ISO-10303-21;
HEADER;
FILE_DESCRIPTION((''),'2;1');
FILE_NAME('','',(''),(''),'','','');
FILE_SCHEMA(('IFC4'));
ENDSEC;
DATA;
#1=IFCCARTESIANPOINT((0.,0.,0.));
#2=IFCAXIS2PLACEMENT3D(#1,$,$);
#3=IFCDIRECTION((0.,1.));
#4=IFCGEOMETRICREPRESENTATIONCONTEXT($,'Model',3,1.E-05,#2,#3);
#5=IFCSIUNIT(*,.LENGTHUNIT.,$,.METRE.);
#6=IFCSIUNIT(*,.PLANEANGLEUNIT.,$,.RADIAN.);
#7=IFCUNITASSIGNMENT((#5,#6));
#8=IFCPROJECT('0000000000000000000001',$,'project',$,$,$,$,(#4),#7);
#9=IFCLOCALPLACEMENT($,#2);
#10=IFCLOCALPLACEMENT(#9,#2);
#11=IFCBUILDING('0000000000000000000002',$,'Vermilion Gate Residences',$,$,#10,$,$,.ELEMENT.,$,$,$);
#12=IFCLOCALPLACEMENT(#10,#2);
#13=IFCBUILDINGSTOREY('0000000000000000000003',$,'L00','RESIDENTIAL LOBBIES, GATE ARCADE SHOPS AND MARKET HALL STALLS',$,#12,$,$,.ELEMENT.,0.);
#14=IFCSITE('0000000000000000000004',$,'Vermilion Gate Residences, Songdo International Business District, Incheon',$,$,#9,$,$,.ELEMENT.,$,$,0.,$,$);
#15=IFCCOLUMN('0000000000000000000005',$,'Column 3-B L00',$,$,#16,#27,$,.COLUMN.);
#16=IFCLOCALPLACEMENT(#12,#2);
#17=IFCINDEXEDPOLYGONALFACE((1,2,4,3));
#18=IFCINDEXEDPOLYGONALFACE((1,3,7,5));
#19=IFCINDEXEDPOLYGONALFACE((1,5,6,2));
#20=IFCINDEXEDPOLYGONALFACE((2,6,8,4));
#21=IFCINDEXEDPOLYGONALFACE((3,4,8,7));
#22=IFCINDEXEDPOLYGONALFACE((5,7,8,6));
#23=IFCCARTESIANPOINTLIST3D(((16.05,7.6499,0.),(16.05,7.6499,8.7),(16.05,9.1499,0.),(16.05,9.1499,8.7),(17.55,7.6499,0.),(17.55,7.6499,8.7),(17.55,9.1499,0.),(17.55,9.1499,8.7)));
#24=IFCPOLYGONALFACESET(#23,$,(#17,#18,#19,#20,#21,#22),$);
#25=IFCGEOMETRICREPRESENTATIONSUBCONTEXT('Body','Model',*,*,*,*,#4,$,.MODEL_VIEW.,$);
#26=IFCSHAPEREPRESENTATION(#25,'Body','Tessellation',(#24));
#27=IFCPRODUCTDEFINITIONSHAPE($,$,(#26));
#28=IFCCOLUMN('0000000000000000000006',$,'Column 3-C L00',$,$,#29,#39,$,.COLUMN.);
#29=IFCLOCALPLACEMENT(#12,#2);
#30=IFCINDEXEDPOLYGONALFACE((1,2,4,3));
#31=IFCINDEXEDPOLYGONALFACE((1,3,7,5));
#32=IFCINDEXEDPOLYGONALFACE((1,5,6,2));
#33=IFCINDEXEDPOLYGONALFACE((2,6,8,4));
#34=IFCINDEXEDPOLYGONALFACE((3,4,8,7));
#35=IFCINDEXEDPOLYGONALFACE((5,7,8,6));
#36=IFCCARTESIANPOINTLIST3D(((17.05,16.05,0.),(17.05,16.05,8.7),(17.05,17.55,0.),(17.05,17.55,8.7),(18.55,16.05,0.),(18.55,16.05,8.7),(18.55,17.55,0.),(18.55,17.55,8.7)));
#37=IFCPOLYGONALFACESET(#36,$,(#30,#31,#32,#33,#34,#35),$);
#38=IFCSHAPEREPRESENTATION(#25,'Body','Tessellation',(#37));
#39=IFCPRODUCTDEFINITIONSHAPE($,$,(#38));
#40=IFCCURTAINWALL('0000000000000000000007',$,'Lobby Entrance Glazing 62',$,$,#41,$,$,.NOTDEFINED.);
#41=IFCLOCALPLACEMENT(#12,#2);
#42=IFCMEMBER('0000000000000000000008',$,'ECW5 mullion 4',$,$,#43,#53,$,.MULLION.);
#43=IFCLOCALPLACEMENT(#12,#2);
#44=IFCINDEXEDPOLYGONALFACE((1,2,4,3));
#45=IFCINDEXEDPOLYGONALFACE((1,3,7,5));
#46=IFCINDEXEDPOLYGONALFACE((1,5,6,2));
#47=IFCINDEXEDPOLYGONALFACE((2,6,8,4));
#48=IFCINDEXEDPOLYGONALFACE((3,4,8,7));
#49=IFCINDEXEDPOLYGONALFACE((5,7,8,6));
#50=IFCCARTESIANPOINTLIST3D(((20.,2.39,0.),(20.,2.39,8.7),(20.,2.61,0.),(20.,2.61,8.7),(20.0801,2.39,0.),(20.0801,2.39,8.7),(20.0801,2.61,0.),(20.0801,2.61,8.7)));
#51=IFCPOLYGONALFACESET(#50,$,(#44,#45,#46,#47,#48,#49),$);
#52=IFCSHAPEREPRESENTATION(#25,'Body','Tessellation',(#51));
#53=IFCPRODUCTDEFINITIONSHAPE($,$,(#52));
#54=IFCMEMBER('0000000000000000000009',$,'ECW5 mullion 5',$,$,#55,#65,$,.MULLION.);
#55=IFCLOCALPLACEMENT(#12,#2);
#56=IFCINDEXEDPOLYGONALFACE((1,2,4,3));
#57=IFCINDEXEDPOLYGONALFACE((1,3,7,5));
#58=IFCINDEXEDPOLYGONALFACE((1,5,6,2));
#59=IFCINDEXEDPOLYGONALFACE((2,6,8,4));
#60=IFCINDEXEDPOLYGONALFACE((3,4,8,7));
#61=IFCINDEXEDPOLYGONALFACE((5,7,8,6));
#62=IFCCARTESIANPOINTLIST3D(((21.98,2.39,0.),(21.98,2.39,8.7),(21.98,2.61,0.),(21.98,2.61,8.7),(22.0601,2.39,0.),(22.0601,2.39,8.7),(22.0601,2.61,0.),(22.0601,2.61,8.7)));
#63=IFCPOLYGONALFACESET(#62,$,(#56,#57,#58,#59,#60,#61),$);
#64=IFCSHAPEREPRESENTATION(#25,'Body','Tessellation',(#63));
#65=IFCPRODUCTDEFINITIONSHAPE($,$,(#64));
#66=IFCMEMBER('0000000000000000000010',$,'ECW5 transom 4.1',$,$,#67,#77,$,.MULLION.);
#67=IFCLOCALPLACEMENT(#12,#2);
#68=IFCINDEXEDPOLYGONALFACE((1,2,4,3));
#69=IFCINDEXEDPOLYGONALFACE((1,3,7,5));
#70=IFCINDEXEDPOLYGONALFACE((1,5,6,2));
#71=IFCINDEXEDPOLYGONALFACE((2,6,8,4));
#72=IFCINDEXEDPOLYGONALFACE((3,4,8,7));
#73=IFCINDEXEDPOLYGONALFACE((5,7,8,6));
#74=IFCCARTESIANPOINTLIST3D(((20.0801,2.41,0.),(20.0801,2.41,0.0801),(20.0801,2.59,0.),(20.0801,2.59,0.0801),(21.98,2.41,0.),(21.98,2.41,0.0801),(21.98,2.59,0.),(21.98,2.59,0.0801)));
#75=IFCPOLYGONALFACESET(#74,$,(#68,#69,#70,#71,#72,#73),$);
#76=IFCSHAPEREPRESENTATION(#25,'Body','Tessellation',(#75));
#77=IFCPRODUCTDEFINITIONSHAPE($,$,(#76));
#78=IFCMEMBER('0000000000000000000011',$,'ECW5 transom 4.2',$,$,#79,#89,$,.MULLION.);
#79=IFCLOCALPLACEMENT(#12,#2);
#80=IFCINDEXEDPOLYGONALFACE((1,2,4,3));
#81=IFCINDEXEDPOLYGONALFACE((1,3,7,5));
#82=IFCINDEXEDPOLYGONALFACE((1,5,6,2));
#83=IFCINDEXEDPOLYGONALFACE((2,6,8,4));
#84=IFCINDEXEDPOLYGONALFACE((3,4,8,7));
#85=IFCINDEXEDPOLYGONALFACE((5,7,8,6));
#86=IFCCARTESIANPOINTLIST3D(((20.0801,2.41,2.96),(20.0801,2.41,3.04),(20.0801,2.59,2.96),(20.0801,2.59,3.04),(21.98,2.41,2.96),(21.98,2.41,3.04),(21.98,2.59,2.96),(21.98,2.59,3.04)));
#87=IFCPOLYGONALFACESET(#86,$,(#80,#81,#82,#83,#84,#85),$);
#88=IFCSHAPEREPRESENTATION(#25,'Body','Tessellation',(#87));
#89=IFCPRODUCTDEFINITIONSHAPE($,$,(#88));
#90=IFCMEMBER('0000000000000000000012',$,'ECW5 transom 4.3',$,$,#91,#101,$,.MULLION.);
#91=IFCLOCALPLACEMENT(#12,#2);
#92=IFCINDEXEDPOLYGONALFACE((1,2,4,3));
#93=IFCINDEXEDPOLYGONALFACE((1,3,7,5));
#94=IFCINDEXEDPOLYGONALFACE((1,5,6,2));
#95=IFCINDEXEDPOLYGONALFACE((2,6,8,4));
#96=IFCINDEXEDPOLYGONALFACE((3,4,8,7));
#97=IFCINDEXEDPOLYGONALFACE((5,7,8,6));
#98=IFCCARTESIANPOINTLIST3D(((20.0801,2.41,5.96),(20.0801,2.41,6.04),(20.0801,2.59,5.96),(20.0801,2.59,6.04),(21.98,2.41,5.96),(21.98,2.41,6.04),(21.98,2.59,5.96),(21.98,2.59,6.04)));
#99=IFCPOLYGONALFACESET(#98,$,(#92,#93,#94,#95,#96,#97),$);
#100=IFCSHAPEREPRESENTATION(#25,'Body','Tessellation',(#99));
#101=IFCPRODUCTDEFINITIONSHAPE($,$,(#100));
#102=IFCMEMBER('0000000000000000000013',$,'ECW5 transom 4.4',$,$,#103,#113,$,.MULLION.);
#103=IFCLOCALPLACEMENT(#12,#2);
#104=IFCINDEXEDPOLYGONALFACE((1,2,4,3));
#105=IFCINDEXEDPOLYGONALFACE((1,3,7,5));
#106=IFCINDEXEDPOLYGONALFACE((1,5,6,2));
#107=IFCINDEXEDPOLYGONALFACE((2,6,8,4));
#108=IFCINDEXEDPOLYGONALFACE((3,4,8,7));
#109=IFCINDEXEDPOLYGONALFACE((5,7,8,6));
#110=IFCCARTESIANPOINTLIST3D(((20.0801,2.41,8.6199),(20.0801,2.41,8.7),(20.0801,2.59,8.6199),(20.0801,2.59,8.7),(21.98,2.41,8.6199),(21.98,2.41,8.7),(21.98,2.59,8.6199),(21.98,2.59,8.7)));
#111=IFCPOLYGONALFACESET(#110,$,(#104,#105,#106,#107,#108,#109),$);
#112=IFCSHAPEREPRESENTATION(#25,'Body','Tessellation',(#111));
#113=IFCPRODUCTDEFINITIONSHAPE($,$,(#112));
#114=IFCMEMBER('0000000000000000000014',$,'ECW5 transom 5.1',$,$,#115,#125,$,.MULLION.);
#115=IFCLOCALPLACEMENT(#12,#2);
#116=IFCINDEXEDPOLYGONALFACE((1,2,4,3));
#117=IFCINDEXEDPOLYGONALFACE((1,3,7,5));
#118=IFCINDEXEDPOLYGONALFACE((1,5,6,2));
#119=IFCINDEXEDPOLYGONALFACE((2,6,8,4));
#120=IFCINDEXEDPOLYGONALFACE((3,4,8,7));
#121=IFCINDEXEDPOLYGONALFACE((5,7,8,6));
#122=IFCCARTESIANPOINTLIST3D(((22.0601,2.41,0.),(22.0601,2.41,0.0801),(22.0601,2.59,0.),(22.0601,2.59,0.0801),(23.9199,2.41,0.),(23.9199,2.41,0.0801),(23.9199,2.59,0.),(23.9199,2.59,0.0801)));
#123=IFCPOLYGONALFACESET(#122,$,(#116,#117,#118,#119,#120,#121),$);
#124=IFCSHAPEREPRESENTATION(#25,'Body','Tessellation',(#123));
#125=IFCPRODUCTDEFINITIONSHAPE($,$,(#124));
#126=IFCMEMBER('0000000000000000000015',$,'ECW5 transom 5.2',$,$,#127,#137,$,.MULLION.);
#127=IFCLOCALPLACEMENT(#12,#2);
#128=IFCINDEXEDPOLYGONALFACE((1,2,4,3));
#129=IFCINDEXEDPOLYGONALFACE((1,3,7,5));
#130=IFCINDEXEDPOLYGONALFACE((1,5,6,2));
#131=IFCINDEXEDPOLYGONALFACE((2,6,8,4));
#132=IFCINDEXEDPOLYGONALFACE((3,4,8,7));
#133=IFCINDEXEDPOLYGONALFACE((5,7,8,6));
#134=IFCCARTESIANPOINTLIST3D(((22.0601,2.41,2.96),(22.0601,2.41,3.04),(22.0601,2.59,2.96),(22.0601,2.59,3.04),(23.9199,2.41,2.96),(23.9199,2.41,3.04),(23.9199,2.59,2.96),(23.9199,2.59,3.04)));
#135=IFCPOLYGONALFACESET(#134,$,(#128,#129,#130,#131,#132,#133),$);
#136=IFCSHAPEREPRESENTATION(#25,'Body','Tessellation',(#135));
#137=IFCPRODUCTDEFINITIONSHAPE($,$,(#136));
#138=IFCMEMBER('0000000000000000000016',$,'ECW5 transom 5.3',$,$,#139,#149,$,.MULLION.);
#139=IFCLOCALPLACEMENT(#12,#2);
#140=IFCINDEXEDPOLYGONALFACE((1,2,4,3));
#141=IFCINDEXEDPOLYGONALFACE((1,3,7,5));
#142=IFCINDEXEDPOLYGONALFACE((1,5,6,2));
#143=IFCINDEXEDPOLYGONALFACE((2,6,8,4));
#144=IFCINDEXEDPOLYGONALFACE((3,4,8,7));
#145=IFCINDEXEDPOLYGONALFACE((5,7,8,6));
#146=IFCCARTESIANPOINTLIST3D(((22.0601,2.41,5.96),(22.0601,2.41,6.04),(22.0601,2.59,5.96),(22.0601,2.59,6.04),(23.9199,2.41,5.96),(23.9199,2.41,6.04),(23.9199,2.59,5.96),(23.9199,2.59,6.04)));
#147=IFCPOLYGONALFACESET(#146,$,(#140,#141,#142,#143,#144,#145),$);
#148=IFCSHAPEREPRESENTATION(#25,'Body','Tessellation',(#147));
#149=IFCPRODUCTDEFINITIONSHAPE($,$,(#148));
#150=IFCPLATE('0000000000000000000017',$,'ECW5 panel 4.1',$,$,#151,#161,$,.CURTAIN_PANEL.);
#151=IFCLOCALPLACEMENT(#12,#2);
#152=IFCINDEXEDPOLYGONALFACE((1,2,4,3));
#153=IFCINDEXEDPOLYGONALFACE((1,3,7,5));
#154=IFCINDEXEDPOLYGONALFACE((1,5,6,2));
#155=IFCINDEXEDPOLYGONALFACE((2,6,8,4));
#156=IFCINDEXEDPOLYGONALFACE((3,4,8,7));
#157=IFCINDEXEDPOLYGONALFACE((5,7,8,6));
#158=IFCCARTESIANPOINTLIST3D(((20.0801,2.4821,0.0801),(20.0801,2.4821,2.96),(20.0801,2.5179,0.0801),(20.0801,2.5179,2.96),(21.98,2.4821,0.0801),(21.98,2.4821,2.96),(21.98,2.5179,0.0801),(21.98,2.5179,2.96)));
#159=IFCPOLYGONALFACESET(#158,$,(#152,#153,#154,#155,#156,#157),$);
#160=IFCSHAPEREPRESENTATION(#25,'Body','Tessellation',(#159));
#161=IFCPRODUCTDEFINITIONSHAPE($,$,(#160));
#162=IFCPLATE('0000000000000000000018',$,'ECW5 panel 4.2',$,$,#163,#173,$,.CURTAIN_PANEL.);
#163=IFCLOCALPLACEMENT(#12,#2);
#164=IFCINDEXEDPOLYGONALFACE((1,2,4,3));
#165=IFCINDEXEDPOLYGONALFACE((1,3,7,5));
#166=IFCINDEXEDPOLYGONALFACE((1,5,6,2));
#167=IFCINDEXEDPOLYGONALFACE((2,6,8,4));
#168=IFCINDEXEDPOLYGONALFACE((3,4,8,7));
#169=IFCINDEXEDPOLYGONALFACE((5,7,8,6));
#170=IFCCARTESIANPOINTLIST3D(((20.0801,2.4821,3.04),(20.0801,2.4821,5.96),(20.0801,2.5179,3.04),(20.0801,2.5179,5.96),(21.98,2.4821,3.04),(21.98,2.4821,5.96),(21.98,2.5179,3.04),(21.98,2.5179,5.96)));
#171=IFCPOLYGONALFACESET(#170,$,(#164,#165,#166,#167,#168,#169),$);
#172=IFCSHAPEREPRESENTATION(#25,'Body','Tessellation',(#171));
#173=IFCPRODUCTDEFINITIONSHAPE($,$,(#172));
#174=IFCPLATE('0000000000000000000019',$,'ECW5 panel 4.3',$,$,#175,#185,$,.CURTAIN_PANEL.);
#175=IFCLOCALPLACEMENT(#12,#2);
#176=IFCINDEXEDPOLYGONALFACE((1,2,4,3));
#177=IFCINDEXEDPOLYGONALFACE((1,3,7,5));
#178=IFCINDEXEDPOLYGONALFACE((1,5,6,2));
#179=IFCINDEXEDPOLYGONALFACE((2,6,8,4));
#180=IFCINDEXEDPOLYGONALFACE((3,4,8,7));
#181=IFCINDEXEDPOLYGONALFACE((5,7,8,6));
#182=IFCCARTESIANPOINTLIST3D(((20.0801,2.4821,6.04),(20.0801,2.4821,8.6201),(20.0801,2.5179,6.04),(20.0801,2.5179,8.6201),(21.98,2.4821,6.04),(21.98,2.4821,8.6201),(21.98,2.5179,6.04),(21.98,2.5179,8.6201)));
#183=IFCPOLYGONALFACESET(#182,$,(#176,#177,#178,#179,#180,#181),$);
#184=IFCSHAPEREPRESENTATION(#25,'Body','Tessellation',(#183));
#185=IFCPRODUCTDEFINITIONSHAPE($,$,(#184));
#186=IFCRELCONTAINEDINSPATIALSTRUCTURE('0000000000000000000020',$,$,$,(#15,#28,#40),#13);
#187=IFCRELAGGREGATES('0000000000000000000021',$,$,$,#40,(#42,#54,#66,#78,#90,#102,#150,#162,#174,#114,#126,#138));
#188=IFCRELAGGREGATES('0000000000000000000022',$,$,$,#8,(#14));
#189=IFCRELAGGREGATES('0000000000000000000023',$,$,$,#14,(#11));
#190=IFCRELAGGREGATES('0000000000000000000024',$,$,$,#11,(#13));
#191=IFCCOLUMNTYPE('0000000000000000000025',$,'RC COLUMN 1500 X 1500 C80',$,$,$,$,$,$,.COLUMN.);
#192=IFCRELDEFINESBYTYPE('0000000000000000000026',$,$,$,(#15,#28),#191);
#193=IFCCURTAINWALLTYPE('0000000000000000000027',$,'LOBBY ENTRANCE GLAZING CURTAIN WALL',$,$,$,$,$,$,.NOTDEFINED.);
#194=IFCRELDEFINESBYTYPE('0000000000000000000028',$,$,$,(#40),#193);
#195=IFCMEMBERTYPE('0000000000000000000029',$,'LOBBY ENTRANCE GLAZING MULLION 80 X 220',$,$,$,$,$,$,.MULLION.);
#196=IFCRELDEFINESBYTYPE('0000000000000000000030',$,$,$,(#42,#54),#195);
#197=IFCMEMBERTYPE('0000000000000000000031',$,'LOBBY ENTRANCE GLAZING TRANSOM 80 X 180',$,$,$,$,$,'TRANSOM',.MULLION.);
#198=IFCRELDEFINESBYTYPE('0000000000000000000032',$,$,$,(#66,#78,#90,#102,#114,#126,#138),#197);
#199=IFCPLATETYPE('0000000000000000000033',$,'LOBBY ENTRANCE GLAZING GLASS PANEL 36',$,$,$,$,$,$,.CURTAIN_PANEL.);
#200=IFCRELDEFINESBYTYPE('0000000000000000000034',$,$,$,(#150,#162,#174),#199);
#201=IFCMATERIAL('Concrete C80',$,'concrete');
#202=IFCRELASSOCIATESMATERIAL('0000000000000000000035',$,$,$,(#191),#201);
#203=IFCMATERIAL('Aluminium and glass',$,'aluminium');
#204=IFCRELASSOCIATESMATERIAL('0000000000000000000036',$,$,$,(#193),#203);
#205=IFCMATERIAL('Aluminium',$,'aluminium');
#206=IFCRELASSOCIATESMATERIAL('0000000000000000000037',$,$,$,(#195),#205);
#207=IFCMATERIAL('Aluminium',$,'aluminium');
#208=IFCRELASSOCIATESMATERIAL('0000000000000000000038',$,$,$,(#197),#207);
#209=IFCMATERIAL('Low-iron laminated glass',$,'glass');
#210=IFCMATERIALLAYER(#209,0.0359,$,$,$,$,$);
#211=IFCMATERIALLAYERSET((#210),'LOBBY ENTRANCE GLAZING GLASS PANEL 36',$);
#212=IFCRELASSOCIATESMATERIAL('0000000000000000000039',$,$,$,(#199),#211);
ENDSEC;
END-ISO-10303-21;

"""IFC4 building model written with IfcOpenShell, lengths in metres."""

from ifc_helpers import new_model, si_unit, direction, frame, origin, origin_2d, place, context, subcontext, project, spatial, rectangle, extrude, material, layer, layer_set, material_profile, profile_set, type_object, element, aggregate, save


model = new_model("IFC4")

# Units and contexts
model_context = context("Model", 3, precision=1e-05, world=origin(), true_north=direction((0.0, 1.0)))
body_context = subcontext(model_context, "Body", "Model", "MODEL_VIEW")
ifc_project = project(units=[si_unit("LENGTHUNIT", "METRE"), si_unit("PLANEANGLEUNIT", "RADIAN")], contexts=[model_context])

# Site, building, storey
site_placement = place(None, origin())
site = spatial("IfcSite", under=ifc_project, at=site_placement, Name="Vermilion Gate Residences, Songdo International Business District, Incheon", CompositionType="ELEMENT", RefElevation=0.0)
building_placement = place(site_placement, origin())
building = spatial("IfcBuilding", under=site, at=building_placement, Name="Vermilion Gate Residences", CompositionType="ELEMENT")
storey_placement = place(building_placement, origin())
storey = spatial("IfcBuildingStorey", under=building, at=storey_placement, Name="L00", Description="RESIDENTIAL LOBBIES, GATE ARCADE SHOPS AND MARKET HALL STALLS", CompositionType="ELEMENT", Elevation=0.0)

# Columns
ifc_material_1 = material(Name="Concrete C80", Category="concrete")
ifc_material_profile_1 = material_profile(ifc_material_1, rectangle(XDim=1.5, YDim=1.5, at=origin_2d()), Name="RC-1500x1500")
ifc_profile_set_1 = profile_set([ifc_material_profile_1], Name="Concrete C80")
column_type = type_object("IfcColumnType", Name="RC COLUMN 1500 X 1500 C80", PredefinedType="COLUMN", material=ifc_profile_set_1)
for number, where, z_axis, x_axis, name in (
    (1, (16.8, 8.3999, 0.0), (0.0, 0.0, 1.0), (1.0, 0.0, 0.0), "Column 3-B L00"),
    (2, (17.8, 16.8, 0.0), (0.0, 0.0, 1.0), (1.0, 0.0, 0.0), "Column 3-C L00"),
):
    element("IfcColumn", number, at=place(storey_placement, frame(where, z_axis=z_axis, x_axis=x_axis)), inside=storey, type_object=column_type, Name=name, PredefinedType="COLUMN", context=body_context, shape_type="SweptSolid", body=[
        extrude(rectangle(XDim=1.5, YDim=1.5, at=origin_2d()), origin(), (0.0, 0.0, 1.0), 8.7),
    ])

# Curtain wall, members, plates
ifc_material_2 = material(Name="Aluminium and glass", Category="aluminium")
curtain_wall_type = type_object("IfcCurtainWallType", Name="LOBBY ENTRANCE GLAZING CURTAIN WALL", PredefinedType="NOTDEFINED", material=ifc_material_2)
curtain_wall_placement = place(storey_placement, origin())
curtain_wall = element("IfcCurtainWall", 3, at=curtain_wall_placement, inside=storey, type_object=curtain_wall_type, Name="Lobby Entrance Glazing 62", PredefinedType="NOTDEFINED")
ifc_material_3 = material(Name="Aluminium", Category="aluminium")
ifc_material_profile_2 = material_profile(ifc_material_3, rectangle(XDim=0.22, YDim=0.0801, at=origin_2d()), Name="MULLION 80 X 220")
ifc_profile_set_2 = profile_set([ifc_material_profile_2], Name="Aluminium")
member_type_1 = type_object("IfcMemberType", Name="LOBBY ENTRANCE GLAZING MULLION 80 X 220", PredefinedType="MULLION", material=ifc_profile_set_2)
member_1_placement = place(storey_placement, frame((20.04, 2.5, 0.0), z_axis=(0.0, 0.0, 1.0), x_axis=(0.0, 1.0, 0.0)))
member_1 = element("IfcMember", 4, at=member_1_placement, type_object=member_type_1, Name="ECW5 mullion 4", PredefinedType="MULLION", context=body_context, shape_type="SweptSolid", body=[
    extrude(rectangle(XDim=0.22, YDim=0.0801, at=origin_2d()), origin(), (0.0, 0.0, 1.0), 8.7),
])
member_2_placement = place(storey_placement, frame((22.02, 2.5, 0.0), z_axis=(0.0, 0.0, 1.0), x_axis=(0.0, 1.0, 0.0)))
member_2 = element("IfcMember", 5, at=member_2_placement, type_object=member_type_1, Name="ECW5 mullion 5", PredefinedType="MULLION", context=body_context, shape_type="SweptSolid", body=[
    extrude(rectangle(XDim=0.22, YDim=0.0801, at=origin_2d()), origin(), (0.0, 0.0, 1.0), 8.7),
])
ifc_material_4 = material(Name="Aluminium", Category="aluminium")
ifc_material_profile_3 = material_profile(ifc_material_4, rectangle(XDim=0.1799, YDim=0.0801, at=origin_2d()), Name="TRANSOM 80 X 180")
ifc_profile_set_3 = profile_set([ifc_material_profile_3], Name="Aluminium")
member_type_2 = type_object("IfcMemberType", Name="LOBBY ENTRANCE GLAZING TRANSOM 80 X 180", ElementType="TRANSOM", PredefinedType="MULLION", material=ifc_profile_set_3)
member_3_placement = place(storey_placement, frame((20.0801, 2.5, 0.04), z_axis=(1.0, 0.0, 0.0), x_axis=(0.0, 1.0, 0.0)))
member_3 = element("IfcMember", 6, at=member_3_placement, type_object=member_type_2, Name="ECW5 transom 4.1", PredefinedType="MULLION", context=body_context, shape_type="SweptSolid", body=[
    extrude(rectangle(XDim=0.1799, YDim=0.0801, at=origin_2d()), origin(), (0.0, 0.0, 1.0), 1.8999),
])
member_4_placement = place(storey_placement, frame((20.0801, 2.5, 3.0), z_axis=(1.0, 0.0, 0.0), x_axis=(0.0, 1.0, 0.0)))
member_4 = element("IfcMember", 7, at=member_4_placement, type_object=member_type_2, Name="ECW5 transom 4.2", PredefinedType="MULLION", context=body_context, shape_type="SweptSolid", body=[
    extrude(rectangle(XDim=0.1799, YDim=0.0801, at=origin_2d()), origin(), (0.0, 0.0, 1.0), 1.8999),
])
member_5_placement = place(storey_placement, frame((20.0801, 2.5, 6.0), z_axis=(1.0, 0.0, 0.0), x_axis=(0.0, 1.0, 0.0)))
member_5 = element("IfcMember", 8, at=member_5_placement, type_object=member_type_2, Name="ECW5 transom 4.3", PredefinedType="MULLION", context=body_context, shape_type="SweptSolid", body=[
    extrude(rectangle(XDim=0.1799, YDim=0.0801, at=origin_2d()), origin(), (0.0, 0.0, 1.0), 1.8999),
])
member_6_placement = place(storey_placement, frame((20.0801, 2.5, 8.6599), z_axis=(1.0, 0.0, 0.0), x_axis=(0.0, 1.0, 0.0)))
member_6 = element("IfcMember", 9, at=member_6_placement, type_object=member_type_2, Name="ECW5 transom 4.4", PredefinedType="MULLION", context=body_context, shape_type="SweptSolid", body=[
    extrude(rectangle(XDim=0.1799, YDim=0.0801, at=origin_2d()), origin(), (0.0, 0.0, 1.0), 1.8999),
])
member_7_placement = place(storey_placement, frame((22.0601, 2.5, 0.04), z_axis=(1.0, 0.0, 0.0), x_axis=(0.0, 1.0, 0.0)))
member_7 = element("IfcMember", 10, at=member_7_placement, type_object=member_type_2, Name="ECW5 transom 5.1", PredefinedType="MULLION", context=body_context, shape_type="SweptSolid", body=[
    extrude(rectangle(XDim=0.1799, YDim=0.0801, at=origin_2d()), origin(), (0.0, 0.0, 1.0), 1.8599),
])
member_8_placement = place(storey_placement, frame((22.0601, 2.5, 3.0), z_axis=(1.0, 0.0, 0.0), x_axis=(0.0, 1.0, 0.0)))
member_8 = element("IfcMember", 11, at=member_8_placement, type_object=member_type_2, Name="ECW5 transom 5.2", PredefinedType="MULLION", context=body_context, shape_type="SweptSolid", body=[
    extrude(rectangle(XDim=0.1799, YDim=0.0801, at=origin_2d()), origin(), (0.0, 0.0, 1.0), 1.8599),
])
member_9_placement = place(storey_placement, frame((22.0601, 2.5, 6.0), z_axis=(1.0, 0.0, 0.0), x_axis=(0.0, 1.0, 0.0)))
member_9 = element("IfcMember", 12, at=member_9_placement, type_object=member_type_2, Name="ECW5 transom 5.3", PredefinedType="MULLION", context=body_context, shape_type="SweptSolid", body=[
    extrude(rectangle(XDim=0.1799, YDim=0.0801, at=origin_2d()), origin(), (0.0, 0.0, 1.0), 1.8599),
])
ifc_material_5 = material(Name="Low-iron laminated glass", Category="glass")
ifc_layer_1 = layer(ifc_material_5, 0.0359)
ifc_layer_set_1 = layer_set([ifc_layer_1], Name="LOBBY ENTRANCE GLAZING GLASS PANEL 36")
plate_type = type_object("IfcPlateType", Name="LOBBY ENTRANCE GLAZING GLASS PANEL 36", PredefinedType="CURTAIN_PANEL", material=ifc_layer_set_1)
plate_1_placement = place(storey_placement, frame((21.03, 2.5, 0.0801), z_axis=(0.0, 0.0, 1.0), x_axis=(1.0, 0.0, 0.0)))
plate_1 = element("IfcPlate", 13, at=plate_1_placement, type_object=plate_type, Name="ECW5 panel 4.1", PredefinedType="CURTAIN_PANEL", context=body_context, shape_type="SweptSolid", body=[
    extrude(rectangle(XDim=1.8999, YDim=0.0359, at=origin_2d()), origin(), (0.0, 0.0, 1.0), 2.8799),
])
plate_2_placement = place(storey_placement, frame((21.03, 2.5, 3.04), z_axis=(0.0, 0.0, 1.0), x_axis=(1.0, 0.0, 0.0)))
plate_2 = element("IfcPlate", 14, at=plate_2_placement, type_object=plate_type, Name="ECW5 panel 4.2", PredefinedType="CURTAIN_PANEL", context=body_context, shape_type="SweptSolid", body=[
    extrude(rectangle(XDim=1.8999, YDim=0.0359, at=origin_2d()), origin(), (0.0, 0.0, 1.0), 2.9199),
])
plate_3_placement = place(storey_placement, frame((21.03, 2.5, 6.04), z_axis=(0.0, 0.0, 1.0), x_axis=(1.0, 0.0, 0.0)))
plate_3 = element("IfcPlate", 15, at=plate_3_placement, type_object=plate_type, Name="ECW5 panel 4.3", PredefinedType="CURTAIN_PANEL", context=body_context, shape_type="SweptSolid", body=[
    extrude(rectangle(XDim=1.8999, YDim=0.0359, at=origin_2d()), origin(), (0.0, 0.0, 1.0), 2.5801),
])
aggregate(curtain_wall, [member_1, member_2, member_3, member_4, member_5, member_6, plate_1, plate_2, plate_3, member_7, member_8, member_9])

save(model, "model.ifc")
